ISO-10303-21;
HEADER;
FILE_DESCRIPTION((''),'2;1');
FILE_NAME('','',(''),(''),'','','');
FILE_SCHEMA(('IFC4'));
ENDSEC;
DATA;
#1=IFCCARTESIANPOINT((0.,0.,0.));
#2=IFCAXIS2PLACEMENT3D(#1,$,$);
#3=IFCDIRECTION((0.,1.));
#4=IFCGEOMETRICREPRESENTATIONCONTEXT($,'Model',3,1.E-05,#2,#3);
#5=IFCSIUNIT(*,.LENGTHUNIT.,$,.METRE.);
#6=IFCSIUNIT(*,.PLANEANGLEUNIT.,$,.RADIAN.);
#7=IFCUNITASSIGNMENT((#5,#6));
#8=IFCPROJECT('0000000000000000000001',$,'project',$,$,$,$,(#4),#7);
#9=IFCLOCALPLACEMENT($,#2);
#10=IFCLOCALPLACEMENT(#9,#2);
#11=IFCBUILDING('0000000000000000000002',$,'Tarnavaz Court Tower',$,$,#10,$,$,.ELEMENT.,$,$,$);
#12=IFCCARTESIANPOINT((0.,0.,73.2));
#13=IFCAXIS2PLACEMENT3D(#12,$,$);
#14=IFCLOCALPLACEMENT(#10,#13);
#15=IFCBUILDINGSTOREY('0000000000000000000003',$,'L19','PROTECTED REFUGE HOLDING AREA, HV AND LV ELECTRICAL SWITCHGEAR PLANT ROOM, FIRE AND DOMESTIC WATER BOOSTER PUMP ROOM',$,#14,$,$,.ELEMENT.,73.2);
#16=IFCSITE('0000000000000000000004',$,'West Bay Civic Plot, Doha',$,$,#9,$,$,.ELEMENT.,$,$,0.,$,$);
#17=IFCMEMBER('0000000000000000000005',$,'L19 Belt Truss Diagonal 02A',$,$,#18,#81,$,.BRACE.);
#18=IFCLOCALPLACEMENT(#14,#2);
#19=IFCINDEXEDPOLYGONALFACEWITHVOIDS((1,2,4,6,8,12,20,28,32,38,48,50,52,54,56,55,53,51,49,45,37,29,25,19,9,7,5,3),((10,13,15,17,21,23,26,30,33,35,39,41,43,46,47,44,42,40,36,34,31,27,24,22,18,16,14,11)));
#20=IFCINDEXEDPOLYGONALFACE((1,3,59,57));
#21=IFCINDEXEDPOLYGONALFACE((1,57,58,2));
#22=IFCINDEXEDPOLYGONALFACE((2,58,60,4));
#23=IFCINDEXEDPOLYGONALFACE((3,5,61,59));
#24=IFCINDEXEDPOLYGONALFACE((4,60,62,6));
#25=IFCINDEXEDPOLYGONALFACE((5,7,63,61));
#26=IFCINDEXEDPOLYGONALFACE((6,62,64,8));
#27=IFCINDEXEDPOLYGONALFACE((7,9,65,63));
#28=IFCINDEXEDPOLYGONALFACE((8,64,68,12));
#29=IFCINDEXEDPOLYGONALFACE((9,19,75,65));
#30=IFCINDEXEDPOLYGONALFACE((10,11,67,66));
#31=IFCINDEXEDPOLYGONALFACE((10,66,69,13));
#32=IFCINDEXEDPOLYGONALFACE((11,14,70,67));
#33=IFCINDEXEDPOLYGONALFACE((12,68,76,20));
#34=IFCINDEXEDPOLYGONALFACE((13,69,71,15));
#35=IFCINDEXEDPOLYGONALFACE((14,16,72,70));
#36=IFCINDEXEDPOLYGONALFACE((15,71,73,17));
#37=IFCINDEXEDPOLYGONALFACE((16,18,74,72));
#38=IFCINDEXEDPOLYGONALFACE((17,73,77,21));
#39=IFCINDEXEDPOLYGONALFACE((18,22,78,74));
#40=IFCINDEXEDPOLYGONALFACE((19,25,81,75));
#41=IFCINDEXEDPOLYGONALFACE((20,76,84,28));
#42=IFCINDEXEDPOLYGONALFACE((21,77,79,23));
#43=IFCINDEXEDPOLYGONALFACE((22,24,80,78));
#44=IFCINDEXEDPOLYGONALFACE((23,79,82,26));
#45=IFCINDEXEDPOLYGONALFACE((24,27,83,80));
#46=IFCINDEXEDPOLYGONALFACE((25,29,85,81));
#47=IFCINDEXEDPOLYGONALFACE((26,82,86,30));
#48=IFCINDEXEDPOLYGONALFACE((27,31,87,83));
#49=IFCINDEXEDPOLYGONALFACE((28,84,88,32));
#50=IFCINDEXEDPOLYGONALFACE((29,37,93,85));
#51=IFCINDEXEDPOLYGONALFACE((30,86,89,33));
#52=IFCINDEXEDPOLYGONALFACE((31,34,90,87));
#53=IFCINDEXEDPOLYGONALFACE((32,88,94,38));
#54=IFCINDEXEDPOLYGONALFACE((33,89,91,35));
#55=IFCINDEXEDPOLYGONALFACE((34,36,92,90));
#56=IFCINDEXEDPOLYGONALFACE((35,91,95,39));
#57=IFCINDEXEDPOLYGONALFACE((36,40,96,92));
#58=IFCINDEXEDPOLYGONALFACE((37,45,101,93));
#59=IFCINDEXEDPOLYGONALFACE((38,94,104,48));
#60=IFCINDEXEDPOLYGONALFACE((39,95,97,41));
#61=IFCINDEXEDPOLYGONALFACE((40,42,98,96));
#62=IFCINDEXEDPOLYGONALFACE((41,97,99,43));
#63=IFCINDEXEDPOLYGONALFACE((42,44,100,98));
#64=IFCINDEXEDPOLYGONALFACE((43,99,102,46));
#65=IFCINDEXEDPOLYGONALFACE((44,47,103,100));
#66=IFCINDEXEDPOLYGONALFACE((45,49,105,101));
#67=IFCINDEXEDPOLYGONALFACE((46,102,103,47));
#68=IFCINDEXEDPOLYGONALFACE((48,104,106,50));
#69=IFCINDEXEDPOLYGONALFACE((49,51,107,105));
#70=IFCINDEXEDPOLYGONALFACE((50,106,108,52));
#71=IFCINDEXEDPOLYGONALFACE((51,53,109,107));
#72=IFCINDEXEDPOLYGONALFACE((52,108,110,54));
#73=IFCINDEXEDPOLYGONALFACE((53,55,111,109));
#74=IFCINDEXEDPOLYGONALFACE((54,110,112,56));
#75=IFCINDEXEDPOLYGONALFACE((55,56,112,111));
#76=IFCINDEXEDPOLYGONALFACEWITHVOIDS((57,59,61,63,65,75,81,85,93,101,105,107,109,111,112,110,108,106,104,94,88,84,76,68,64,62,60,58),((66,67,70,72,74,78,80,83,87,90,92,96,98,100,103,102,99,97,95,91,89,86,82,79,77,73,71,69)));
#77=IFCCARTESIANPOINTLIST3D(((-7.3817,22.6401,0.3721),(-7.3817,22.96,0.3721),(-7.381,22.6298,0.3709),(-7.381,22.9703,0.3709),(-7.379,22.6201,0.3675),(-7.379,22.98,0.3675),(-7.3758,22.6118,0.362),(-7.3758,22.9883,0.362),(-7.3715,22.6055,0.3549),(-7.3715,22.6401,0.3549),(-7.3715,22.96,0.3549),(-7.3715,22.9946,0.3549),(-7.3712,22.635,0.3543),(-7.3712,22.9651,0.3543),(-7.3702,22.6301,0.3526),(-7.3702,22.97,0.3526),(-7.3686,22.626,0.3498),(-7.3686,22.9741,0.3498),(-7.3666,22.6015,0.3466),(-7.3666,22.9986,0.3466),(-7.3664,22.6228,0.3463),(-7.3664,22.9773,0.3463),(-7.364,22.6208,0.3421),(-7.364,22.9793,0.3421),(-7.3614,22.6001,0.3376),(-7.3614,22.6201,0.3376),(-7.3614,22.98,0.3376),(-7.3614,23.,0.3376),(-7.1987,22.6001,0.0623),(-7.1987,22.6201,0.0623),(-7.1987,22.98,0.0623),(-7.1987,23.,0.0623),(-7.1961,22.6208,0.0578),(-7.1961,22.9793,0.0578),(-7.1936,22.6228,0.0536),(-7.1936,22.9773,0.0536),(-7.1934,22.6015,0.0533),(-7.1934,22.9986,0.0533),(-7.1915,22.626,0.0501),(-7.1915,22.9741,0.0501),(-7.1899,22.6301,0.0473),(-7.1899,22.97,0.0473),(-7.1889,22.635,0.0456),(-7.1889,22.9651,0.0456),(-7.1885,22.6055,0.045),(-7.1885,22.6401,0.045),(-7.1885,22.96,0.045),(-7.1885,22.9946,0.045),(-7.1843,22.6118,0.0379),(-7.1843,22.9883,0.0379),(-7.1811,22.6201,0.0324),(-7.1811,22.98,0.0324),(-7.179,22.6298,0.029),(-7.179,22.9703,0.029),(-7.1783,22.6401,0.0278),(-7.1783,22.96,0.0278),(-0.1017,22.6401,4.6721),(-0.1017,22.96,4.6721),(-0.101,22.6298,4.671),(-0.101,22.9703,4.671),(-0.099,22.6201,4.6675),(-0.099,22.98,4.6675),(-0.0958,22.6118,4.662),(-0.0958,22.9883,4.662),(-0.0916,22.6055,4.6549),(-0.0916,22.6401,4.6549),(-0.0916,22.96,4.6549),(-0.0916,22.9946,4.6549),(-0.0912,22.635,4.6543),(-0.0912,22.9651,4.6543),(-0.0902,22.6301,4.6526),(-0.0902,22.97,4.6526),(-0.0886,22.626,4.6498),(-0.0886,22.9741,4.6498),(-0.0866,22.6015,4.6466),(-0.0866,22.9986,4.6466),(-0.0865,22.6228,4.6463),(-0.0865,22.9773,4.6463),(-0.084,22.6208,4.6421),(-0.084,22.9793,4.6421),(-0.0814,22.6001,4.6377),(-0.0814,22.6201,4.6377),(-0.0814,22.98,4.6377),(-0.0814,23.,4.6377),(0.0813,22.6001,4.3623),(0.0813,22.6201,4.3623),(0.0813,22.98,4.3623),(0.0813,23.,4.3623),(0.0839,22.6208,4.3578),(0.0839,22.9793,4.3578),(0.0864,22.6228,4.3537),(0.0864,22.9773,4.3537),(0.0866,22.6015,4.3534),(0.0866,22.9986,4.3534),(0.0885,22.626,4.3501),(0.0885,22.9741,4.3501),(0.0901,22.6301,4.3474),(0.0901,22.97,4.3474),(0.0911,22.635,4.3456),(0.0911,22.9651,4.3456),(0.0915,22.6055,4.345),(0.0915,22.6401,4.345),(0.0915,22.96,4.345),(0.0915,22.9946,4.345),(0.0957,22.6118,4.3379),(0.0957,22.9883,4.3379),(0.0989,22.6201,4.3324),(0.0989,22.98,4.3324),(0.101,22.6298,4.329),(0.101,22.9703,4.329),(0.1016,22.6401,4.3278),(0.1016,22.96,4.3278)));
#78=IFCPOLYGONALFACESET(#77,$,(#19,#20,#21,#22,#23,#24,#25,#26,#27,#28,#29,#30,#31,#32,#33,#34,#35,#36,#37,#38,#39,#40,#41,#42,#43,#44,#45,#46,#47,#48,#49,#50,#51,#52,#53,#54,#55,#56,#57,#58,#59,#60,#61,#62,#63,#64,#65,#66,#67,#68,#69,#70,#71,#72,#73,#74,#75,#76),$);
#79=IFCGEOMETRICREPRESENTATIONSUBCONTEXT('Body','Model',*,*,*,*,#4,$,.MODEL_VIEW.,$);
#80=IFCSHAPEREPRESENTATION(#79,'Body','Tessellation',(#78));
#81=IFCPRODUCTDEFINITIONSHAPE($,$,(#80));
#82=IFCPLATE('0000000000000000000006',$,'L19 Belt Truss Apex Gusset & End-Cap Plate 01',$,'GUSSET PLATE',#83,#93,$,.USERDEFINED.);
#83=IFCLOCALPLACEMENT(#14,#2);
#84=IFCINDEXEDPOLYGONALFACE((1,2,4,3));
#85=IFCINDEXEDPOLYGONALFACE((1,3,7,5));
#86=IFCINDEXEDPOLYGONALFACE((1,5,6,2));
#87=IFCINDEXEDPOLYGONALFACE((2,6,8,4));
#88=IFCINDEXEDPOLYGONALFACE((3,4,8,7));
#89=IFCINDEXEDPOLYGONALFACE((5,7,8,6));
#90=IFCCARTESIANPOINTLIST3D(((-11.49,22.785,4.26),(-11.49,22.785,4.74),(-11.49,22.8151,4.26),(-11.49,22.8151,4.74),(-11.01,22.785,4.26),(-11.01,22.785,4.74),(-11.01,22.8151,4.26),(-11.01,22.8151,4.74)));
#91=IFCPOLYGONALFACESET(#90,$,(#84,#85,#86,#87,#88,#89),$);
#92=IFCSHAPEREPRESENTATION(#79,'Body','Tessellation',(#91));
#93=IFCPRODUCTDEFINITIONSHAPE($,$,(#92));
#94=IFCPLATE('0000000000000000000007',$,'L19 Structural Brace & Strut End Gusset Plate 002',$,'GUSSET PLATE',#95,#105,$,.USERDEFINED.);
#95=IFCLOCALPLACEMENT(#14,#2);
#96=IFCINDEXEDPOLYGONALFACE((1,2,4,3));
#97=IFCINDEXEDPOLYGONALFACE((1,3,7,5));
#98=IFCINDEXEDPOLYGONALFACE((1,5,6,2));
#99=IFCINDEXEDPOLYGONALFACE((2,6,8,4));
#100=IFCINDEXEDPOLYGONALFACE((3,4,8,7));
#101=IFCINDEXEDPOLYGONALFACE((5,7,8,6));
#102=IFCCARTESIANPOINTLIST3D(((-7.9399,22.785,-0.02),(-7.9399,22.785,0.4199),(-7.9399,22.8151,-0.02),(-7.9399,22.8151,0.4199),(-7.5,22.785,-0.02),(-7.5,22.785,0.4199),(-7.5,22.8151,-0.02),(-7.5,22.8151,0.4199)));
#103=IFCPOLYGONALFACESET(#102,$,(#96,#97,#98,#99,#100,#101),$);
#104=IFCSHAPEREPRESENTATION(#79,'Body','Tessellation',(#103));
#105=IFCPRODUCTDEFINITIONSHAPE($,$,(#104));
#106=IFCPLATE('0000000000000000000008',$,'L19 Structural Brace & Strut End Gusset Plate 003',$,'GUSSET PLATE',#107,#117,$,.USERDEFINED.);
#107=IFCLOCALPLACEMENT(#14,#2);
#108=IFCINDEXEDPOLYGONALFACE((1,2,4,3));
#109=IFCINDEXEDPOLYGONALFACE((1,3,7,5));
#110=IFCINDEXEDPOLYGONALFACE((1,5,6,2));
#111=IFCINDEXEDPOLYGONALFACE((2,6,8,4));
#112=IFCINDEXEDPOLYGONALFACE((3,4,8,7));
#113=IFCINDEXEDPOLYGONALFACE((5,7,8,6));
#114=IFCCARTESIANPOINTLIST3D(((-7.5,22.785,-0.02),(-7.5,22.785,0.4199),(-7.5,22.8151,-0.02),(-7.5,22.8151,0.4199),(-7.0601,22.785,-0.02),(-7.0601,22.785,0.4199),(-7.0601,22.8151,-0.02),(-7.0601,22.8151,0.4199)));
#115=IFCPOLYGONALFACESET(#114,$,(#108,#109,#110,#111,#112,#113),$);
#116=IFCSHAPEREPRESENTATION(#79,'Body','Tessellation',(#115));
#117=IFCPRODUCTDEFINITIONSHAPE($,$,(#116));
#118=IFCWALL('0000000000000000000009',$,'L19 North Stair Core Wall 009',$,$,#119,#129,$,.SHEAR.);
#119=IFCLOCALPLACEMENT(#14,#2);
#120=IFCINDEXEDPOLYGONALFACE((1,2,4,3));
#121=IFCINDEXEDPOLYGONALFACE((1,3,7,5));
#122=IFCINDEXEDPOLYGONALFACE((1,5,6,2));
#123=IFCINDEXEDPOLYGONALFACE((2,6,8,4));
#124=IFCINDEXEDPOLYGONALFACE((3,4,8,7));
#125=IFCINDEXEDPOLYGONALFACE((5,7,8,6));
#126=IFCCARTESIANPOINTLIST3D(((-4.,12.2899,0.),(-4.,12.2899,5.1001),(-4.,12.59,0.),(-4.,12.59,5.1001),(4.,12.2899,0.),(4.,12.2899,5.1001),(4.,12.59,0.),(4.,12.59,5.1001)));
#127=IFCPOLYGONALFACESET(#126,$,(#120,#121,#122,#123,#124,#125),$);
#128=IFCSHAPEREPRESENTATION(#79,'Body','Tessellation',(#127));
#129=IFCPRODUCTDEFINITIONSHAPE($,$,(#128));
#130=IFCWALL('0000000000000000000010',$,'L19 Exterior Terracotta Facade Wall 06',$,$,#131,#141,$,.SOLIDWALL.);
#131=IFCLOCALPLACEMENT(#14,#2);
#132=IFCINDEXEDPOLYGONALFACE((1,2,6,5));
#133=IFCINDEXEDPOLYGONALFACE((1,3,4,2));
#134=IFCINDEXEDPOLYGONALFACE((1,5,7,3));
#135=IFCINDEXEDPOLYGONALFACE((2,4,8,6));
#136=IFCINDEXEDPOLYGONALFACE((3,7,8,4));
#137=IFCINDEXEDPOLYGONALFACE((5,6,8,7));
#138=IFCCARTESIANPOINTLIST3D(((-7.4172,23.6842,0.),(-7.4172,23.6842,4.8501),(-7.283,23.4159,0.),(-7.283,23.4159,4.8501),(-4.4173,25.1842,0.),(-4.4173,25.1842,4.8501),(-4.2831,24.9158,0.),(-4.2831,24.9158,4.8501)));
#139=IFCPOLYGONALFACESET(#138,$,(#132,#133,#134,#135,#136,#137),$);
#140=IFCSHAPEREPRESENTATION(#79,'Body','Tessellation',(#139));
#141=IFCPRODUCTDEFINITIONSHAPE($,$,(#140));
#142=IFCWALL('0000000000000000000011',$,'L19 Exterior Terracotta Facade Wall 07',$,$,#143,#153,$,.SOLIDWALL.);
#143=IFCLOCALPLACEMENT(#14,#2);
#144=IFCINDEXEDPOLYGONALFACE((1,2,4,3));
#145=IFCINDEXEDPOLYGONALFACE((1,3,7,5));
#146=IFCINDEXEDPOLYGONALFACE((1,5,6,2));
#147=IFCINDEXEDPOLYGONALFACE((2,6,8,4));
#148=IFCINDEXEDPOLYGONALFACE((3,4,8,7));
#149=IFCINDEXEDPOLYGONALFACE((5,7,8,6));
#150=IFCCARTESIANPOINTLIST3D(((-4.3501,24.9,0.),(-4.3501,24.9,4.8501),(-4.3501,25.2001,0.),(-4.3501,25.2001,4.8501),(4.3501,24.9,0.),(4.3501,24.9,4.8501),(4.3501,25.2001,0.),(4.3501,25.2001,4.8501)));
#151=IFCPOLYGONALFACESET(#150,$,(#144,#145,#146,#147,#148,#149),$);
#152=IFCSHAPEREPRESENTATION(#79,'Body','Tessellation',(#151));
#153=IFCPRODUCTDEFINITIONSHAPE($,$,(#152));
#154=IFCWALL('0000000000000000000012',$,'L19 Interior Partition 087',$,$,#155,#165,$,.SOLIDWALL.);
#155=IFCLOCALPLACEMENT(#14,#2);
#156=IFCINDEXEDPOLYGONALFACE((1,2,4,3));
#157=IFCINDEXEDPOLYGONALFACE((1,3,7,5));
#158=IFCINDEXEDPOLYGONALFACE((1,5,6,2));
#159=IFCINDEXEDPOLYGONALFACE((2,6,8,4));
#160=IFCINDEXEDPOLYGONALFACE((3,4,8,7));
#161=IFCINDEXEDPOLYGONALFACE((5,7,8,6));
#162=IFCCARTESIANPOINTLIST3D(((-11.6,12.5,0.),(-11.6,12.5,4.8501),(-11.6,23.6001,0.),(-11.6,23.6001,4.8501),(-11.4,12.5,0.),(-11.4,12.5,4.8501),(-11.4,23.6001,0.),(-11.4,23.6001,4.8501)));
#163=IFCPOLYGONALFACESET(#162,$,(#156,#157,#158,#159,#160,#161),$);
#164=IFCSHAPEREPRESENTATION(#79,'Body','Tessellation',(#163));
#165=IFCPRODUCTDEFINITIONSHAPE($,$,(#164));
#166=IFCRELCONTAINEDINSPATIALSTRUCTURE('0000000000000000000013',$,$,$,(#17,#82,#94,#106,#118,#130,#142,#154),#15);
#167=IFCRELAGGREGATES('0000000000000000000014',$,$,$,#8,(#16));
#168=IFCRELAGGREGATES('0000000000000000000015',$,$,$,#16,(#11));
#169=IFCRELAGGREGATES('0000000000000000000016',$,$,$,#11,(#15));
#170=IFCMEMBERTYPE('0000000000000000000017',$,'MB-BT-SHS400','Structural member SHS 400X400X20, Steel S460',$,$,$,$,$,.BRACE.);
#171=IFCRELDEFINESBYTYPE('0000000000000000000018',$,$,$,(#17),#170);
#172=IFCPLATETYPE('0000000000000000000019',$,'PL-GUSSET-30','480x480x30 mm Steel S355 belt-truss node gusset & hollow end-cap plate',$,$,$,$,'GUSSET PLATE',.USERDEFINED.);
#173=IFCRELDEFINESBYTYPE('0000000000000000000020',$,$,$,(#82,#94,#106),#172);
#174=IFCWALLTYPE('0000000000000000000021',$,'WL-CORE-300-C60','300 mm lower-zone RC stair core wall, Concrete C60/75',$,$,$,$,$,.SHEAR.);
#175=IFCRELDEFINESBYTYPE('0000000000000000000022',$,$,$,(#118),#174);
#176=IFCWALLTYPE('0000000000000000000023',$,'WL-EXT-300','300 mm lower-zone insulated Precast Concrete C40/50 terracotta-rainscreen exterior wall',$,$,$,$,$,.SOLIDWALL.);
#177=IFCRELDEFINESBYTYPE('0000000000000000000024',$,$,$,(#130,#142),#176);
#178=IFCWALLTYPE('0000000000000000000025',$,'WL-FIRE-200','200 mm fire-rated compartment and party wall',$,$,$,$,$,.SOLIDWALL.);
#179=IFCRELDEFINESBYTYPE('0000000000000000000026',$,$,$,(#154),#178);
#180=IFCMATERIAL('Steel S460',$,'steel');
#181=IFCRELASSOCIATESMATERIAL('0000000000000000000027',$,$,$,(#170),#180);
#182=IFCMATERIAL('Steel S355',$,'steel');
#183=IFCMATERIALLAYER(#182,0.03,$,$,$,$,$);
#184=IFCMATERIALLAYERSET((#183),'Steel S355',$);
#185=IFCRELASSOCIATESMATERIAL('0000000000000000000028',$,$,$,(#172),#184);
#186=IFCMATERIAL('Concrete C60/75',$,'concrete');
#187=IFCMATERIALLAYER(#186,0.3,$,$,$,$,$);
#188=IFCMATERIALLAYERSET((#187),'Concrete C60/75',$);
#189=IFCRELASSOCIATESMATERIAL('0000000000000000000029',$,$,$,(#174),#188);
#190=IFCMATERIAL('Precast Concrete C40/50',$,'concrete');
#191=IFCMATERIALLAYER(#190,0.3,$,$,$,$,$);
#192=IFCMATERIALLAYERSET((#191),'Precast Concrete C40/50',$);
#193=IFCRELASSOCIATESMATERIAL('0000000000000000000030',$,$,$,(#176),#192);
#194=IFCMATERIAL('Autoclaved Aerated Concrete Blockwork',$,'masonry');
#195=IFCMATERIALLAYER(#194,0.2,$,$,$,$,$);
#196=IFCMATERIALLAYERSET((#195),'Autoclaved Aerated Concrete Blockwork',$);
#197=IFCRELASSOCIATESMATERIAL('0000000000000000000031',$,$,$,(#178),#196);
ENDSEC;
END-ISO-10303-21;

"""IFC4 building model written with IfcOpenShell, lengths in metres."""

from ifc_helpers import new_model, si_unit, direction, frame, frame_2d, origin, origin_2d, place, context, subcontext, project, spatial, rectangle, hollow_rectangle, extrude, material, layer, layer_set, material_profile, profile_set, type_object, element, save


model = new_model("IFC4")

# Units and contexts
model_context = context("Model", 3, precision=1e-05, world=origin(), true_north=direction((0.0, 1.0)))
body_context = subcontext(model_context, "Body", "Model", "MODEL_VIEW")
ifc_project = project(units=[si_unit("LENGTHUNIT", "METRE"), si_unit("PLANEANGLEUNIT", "RADIAN")], contexts=[model_context])

# Site, building, storey
site_placement = place(None, origin())
site = spatial("IfcSite", under=ifc_project, at=site_placement, Name="West Bay Civic Plot, Doha", CompositionType="ELEMENT", RefElevation=0.0)
building_placement = place(site_placement, origin())
building = spatial("IfcBuilding", under=site, at=building_placement, Name="Tarnavaz Court Tower", CompositionType="ELEMENT")
storey_placement = place(building_placement, frame((0.0, 0.0, 73.2)))
storey = spatial("IfcBuildingStorey", under=building, at=storey_placement, Name="L19", Description="PROTECTED REFUGE HOLDING AREA, HV AND LV ELECTRICAL SWITCHGEAR PLANT ROOM, FIRE AND DOMESTIC WATER BOOSTER PUMP ROOM", CompositionType="ELEMENT", Elevation=73.2)

# Shared definitions
ifc_material_1 = material(Name="Concrete C60/75", Category="concrete")
ifc_material_2 = material(Name="Steel S460", Category="steel")

# Shared definitions
ifc_material_3 = material(Name="Steel S355", Category="steel")

# Member
ifc_material_profile_1 = material_profile(ifc_material_2, hollow_rectangle(XDim=0.3999, YDim=0.3999, WallThickness=0.02, InnerFilletRadius=0.02, OuterFilletRadius=0.04, at=origin_2d()), Name="SHS 400X400X20")
ifc_profile_set_1 = profile_set([ifc_material_profile_1], Name="Steel S460")
member_type_1 = type_object("IfcMemberType", Name="MB-BT-SHS400", Description="Structural member SHS 400X400X20, Steel S460", PredefinedType="BRACE", material=ifc_profile_set_1)
member_1_placement = place(storey_placement, frame((-7.28, 22.8, 0.2), z_axis=(0.861019, 0.0, 0.508573), x_axis=(0.0, 1.0, 0.0)))
element("IfcMember", 1, at=member_1_placement, inside=storey, type_object=member_type_1, Name="L19 Belt Truss Diagonal 02A", PredefinedType="BRACE", context=body_context, shape_type="SweptSolid", body=[
    extrude(hollow_rectangle(XDim=0.3999, YDim=0.3999, WallThickness=0.02, InnerFilletRadius=0.02, OuterFilletRadius=0.04, at=origin_2d()), origin(), (0.0, 0.0, 1.0), 8.4551),
])

# Plates
ifc_layer_1 = layer(ifc_material_3, 0.03)
ifc_layer_set_1 = layer_set([ifc_layer_1], Name="Steel S355")
plate_type = type_object("IfcPlateType", Name="PL-GUSSET-30", Description="480x480x30 mm Steel S355 belt-truss node gusset & hollow end-cap plate", ElementType="GUSSET PLATE", PredefinedType="USERDEFINED", material=ifc_layer_set_1)
plate_placement = place(storey_placement, frame((-11.25, 22.8, 4.26), z_axis=(0.0, 0.0, 1.0), x_axis=(1.0, 0.0, 0.0)))
element("IfcPlate", 2, at=plate_placement, inside=storey, type_object=plate_type, Name="L19 Belt Truss Apex Gusset & End-Cap Plate 01", ObjectType="GUSSET PLATE", PredefinedType="USERDEFINED", context=body_context, shape_type="SweptSolid", body=[
    extrude(rectangle(XDim=0.48, YDim=0.03, at=origin_2d()), origin(), (0.0, 0.0, 1.0), 0.48),
])
for number, where, z_axis, x_axis, name in (
    (3, (-7.72, 22.8, -0.02), (0.0, 0.0, 1.0), (1.0, 0.0, 0.0), "L19 Structural Brace & Strut End Gusset Plate 002"),
    (4, (-7.28, 22.8, -0.02), (0.0, 0.0, 1.0), (1.0, 0.0, 0.0), "L19 Structural Brace & Strut End Gusset Plate 003"),
):
    element("IfcPlate", number, at=place(storey_placement, frame(where, z_axis=z_axis, x_axis=x_axis)), inside=storey, type_object=plate_type, Name=name, ObjectType="GUSSET PLATE", PredefinedType="USERDEFINED", context=body_context, shape_type="SweptSolid", body=[
        extrude(rectangle(XDim=0.4399, YDim=0.03, at=origin_2d()), origin(), (0.0, 0.0, 1.0), 0.4399),
    ])

# Walls
ifc_layer_2 = layer(ifc_material_1, 0.3)
ifc_layer_set_2 = layer_set([ifc_layer_2], Name="Concrete C60/75")
wall_type_1 = type_object("IfcWallType", Name="WL-CORE-300-C60", Description="300 mm lower-zone RC stair core wall, Concrete C60/75", PredefinedType="SHEAR", material=ifc_layer_set_2)
wall_1_placement = place(storey_placement, frame((-4.0, 12.4399, 0.0), z_axis=(0.0, 0.0, 1.0), x_axis=(1.0, 0.0, 0.0)))
element("IfcWall", 5, at=wall_1_placement, inside=storey, type_object=wall_type_1, Name="L19 North Stair Core Wall 009", PredefinedType="SHEAR", context=body_context, shape_type="SweptSolid", body=[
    extrude(rectangle(XDim=8.0, YDim=0.3, at=frame_2d((4.0, 0.0))), origin(), (0.0, 0.0, 1.0), 5.1001),
])
ifc_material_4 = material(Name="Precast Concrete C40/50", Category="concrete")
ifc_layer_3 = layer(ifc_material_4, 0.3)
ifc_layer_set_3 = layer_set([ifc_layer_3], Name="Precast Concrete C40/50")
wall_type_2 = type_object("IfcWallType", Name="WL-EXT-300", Description="300 mm lower-zone insulated Precast Concrete C40/50 terracotta-rainscreen exterior wall", PredefinedType="SOLIDWALL", material=ifc_layer_set_3)
wall_2_placement = place(storey_placement, frame((-7.3501, 23.55, 0.0), z_axis=(0.0, 0.0, 1.0), x_axis=(0.894427, 0.447214, 0.0)))
element("IfcWall", 6, at=wall_2_placement, inside=storey, type_object=wall_type_2, Name="L19 Exterior Terracotta Facade Wall 06", PredefinedType="SOLIDWALL", context=body_context, shape_type="SweptSolid", body=[
    extrude(rectangle(XDim=3.354, YDim=0.3, at=frame_2d((1.677, 0.0))), origin(), (0.0, 0.0, 1.0), 4.8501),
])
wall_3_placement = place(storey_placement, frame((-4.3501, 25.05, 0.0), z_axis=(0.0, 0.0, 1.0), x_axis=(1.0, 0.0, 0.0)))
element("IfcWall", 7, at=wall_3_placement, inside=storey, type_object=wall_type_2, Name="L19 Exterior Terracotta Facade Wall 07", PredefinedType="SOLIDWALL", context=body_context, shape_type="SweptSolid", body=[
    extrude(rectangle(XDim=8.7002, YDim=0.3, at=frame_2d((4.3501, 0.0))), origin(), (0.0, 0.0, 1.0), 4.8501),
])
ifc_material_5 = material(Name="Autoclaved Aerated Concrete Blockwork", Category="masonry")
ifc_layer_4 = layer(ifc_material_5, 0.2)
ifc_layer_set_4 = layer_set([ifc_layer_4], Name="Autoclaved Aerated Concrete Blockwork")
wall_type_3 = type_object("IfcWallType", Name="WL-FIRE-200", Description="200 mm fire-rated compartment and party wall", PredefinedType="SOLIDWALL", material=ifc_layer_set_4)
wall_4_placement = place(storey_placement, frame((-11.5, 12.5, 0.0), z_axis=(0.0, 0.0, 1.0), x_axis=(0.0, 1.0, 0.0)))
element("IfcWall", 8, at=wall_4_placement, inside=storey, type_object=wall_type_3, Name="L19 Interior Partition 087", PredefinedType="SOLIDWALL", context=body_context, shape_type="SweptSolid", body=[
    extrude(rectangle(XDim=11.1001, YDim=0.2, at=frame_2d((5.55, 0.0))), origin(), (0.0, 0.0, 1.0), 4.8501),
])

save(model, "model.ifc")
